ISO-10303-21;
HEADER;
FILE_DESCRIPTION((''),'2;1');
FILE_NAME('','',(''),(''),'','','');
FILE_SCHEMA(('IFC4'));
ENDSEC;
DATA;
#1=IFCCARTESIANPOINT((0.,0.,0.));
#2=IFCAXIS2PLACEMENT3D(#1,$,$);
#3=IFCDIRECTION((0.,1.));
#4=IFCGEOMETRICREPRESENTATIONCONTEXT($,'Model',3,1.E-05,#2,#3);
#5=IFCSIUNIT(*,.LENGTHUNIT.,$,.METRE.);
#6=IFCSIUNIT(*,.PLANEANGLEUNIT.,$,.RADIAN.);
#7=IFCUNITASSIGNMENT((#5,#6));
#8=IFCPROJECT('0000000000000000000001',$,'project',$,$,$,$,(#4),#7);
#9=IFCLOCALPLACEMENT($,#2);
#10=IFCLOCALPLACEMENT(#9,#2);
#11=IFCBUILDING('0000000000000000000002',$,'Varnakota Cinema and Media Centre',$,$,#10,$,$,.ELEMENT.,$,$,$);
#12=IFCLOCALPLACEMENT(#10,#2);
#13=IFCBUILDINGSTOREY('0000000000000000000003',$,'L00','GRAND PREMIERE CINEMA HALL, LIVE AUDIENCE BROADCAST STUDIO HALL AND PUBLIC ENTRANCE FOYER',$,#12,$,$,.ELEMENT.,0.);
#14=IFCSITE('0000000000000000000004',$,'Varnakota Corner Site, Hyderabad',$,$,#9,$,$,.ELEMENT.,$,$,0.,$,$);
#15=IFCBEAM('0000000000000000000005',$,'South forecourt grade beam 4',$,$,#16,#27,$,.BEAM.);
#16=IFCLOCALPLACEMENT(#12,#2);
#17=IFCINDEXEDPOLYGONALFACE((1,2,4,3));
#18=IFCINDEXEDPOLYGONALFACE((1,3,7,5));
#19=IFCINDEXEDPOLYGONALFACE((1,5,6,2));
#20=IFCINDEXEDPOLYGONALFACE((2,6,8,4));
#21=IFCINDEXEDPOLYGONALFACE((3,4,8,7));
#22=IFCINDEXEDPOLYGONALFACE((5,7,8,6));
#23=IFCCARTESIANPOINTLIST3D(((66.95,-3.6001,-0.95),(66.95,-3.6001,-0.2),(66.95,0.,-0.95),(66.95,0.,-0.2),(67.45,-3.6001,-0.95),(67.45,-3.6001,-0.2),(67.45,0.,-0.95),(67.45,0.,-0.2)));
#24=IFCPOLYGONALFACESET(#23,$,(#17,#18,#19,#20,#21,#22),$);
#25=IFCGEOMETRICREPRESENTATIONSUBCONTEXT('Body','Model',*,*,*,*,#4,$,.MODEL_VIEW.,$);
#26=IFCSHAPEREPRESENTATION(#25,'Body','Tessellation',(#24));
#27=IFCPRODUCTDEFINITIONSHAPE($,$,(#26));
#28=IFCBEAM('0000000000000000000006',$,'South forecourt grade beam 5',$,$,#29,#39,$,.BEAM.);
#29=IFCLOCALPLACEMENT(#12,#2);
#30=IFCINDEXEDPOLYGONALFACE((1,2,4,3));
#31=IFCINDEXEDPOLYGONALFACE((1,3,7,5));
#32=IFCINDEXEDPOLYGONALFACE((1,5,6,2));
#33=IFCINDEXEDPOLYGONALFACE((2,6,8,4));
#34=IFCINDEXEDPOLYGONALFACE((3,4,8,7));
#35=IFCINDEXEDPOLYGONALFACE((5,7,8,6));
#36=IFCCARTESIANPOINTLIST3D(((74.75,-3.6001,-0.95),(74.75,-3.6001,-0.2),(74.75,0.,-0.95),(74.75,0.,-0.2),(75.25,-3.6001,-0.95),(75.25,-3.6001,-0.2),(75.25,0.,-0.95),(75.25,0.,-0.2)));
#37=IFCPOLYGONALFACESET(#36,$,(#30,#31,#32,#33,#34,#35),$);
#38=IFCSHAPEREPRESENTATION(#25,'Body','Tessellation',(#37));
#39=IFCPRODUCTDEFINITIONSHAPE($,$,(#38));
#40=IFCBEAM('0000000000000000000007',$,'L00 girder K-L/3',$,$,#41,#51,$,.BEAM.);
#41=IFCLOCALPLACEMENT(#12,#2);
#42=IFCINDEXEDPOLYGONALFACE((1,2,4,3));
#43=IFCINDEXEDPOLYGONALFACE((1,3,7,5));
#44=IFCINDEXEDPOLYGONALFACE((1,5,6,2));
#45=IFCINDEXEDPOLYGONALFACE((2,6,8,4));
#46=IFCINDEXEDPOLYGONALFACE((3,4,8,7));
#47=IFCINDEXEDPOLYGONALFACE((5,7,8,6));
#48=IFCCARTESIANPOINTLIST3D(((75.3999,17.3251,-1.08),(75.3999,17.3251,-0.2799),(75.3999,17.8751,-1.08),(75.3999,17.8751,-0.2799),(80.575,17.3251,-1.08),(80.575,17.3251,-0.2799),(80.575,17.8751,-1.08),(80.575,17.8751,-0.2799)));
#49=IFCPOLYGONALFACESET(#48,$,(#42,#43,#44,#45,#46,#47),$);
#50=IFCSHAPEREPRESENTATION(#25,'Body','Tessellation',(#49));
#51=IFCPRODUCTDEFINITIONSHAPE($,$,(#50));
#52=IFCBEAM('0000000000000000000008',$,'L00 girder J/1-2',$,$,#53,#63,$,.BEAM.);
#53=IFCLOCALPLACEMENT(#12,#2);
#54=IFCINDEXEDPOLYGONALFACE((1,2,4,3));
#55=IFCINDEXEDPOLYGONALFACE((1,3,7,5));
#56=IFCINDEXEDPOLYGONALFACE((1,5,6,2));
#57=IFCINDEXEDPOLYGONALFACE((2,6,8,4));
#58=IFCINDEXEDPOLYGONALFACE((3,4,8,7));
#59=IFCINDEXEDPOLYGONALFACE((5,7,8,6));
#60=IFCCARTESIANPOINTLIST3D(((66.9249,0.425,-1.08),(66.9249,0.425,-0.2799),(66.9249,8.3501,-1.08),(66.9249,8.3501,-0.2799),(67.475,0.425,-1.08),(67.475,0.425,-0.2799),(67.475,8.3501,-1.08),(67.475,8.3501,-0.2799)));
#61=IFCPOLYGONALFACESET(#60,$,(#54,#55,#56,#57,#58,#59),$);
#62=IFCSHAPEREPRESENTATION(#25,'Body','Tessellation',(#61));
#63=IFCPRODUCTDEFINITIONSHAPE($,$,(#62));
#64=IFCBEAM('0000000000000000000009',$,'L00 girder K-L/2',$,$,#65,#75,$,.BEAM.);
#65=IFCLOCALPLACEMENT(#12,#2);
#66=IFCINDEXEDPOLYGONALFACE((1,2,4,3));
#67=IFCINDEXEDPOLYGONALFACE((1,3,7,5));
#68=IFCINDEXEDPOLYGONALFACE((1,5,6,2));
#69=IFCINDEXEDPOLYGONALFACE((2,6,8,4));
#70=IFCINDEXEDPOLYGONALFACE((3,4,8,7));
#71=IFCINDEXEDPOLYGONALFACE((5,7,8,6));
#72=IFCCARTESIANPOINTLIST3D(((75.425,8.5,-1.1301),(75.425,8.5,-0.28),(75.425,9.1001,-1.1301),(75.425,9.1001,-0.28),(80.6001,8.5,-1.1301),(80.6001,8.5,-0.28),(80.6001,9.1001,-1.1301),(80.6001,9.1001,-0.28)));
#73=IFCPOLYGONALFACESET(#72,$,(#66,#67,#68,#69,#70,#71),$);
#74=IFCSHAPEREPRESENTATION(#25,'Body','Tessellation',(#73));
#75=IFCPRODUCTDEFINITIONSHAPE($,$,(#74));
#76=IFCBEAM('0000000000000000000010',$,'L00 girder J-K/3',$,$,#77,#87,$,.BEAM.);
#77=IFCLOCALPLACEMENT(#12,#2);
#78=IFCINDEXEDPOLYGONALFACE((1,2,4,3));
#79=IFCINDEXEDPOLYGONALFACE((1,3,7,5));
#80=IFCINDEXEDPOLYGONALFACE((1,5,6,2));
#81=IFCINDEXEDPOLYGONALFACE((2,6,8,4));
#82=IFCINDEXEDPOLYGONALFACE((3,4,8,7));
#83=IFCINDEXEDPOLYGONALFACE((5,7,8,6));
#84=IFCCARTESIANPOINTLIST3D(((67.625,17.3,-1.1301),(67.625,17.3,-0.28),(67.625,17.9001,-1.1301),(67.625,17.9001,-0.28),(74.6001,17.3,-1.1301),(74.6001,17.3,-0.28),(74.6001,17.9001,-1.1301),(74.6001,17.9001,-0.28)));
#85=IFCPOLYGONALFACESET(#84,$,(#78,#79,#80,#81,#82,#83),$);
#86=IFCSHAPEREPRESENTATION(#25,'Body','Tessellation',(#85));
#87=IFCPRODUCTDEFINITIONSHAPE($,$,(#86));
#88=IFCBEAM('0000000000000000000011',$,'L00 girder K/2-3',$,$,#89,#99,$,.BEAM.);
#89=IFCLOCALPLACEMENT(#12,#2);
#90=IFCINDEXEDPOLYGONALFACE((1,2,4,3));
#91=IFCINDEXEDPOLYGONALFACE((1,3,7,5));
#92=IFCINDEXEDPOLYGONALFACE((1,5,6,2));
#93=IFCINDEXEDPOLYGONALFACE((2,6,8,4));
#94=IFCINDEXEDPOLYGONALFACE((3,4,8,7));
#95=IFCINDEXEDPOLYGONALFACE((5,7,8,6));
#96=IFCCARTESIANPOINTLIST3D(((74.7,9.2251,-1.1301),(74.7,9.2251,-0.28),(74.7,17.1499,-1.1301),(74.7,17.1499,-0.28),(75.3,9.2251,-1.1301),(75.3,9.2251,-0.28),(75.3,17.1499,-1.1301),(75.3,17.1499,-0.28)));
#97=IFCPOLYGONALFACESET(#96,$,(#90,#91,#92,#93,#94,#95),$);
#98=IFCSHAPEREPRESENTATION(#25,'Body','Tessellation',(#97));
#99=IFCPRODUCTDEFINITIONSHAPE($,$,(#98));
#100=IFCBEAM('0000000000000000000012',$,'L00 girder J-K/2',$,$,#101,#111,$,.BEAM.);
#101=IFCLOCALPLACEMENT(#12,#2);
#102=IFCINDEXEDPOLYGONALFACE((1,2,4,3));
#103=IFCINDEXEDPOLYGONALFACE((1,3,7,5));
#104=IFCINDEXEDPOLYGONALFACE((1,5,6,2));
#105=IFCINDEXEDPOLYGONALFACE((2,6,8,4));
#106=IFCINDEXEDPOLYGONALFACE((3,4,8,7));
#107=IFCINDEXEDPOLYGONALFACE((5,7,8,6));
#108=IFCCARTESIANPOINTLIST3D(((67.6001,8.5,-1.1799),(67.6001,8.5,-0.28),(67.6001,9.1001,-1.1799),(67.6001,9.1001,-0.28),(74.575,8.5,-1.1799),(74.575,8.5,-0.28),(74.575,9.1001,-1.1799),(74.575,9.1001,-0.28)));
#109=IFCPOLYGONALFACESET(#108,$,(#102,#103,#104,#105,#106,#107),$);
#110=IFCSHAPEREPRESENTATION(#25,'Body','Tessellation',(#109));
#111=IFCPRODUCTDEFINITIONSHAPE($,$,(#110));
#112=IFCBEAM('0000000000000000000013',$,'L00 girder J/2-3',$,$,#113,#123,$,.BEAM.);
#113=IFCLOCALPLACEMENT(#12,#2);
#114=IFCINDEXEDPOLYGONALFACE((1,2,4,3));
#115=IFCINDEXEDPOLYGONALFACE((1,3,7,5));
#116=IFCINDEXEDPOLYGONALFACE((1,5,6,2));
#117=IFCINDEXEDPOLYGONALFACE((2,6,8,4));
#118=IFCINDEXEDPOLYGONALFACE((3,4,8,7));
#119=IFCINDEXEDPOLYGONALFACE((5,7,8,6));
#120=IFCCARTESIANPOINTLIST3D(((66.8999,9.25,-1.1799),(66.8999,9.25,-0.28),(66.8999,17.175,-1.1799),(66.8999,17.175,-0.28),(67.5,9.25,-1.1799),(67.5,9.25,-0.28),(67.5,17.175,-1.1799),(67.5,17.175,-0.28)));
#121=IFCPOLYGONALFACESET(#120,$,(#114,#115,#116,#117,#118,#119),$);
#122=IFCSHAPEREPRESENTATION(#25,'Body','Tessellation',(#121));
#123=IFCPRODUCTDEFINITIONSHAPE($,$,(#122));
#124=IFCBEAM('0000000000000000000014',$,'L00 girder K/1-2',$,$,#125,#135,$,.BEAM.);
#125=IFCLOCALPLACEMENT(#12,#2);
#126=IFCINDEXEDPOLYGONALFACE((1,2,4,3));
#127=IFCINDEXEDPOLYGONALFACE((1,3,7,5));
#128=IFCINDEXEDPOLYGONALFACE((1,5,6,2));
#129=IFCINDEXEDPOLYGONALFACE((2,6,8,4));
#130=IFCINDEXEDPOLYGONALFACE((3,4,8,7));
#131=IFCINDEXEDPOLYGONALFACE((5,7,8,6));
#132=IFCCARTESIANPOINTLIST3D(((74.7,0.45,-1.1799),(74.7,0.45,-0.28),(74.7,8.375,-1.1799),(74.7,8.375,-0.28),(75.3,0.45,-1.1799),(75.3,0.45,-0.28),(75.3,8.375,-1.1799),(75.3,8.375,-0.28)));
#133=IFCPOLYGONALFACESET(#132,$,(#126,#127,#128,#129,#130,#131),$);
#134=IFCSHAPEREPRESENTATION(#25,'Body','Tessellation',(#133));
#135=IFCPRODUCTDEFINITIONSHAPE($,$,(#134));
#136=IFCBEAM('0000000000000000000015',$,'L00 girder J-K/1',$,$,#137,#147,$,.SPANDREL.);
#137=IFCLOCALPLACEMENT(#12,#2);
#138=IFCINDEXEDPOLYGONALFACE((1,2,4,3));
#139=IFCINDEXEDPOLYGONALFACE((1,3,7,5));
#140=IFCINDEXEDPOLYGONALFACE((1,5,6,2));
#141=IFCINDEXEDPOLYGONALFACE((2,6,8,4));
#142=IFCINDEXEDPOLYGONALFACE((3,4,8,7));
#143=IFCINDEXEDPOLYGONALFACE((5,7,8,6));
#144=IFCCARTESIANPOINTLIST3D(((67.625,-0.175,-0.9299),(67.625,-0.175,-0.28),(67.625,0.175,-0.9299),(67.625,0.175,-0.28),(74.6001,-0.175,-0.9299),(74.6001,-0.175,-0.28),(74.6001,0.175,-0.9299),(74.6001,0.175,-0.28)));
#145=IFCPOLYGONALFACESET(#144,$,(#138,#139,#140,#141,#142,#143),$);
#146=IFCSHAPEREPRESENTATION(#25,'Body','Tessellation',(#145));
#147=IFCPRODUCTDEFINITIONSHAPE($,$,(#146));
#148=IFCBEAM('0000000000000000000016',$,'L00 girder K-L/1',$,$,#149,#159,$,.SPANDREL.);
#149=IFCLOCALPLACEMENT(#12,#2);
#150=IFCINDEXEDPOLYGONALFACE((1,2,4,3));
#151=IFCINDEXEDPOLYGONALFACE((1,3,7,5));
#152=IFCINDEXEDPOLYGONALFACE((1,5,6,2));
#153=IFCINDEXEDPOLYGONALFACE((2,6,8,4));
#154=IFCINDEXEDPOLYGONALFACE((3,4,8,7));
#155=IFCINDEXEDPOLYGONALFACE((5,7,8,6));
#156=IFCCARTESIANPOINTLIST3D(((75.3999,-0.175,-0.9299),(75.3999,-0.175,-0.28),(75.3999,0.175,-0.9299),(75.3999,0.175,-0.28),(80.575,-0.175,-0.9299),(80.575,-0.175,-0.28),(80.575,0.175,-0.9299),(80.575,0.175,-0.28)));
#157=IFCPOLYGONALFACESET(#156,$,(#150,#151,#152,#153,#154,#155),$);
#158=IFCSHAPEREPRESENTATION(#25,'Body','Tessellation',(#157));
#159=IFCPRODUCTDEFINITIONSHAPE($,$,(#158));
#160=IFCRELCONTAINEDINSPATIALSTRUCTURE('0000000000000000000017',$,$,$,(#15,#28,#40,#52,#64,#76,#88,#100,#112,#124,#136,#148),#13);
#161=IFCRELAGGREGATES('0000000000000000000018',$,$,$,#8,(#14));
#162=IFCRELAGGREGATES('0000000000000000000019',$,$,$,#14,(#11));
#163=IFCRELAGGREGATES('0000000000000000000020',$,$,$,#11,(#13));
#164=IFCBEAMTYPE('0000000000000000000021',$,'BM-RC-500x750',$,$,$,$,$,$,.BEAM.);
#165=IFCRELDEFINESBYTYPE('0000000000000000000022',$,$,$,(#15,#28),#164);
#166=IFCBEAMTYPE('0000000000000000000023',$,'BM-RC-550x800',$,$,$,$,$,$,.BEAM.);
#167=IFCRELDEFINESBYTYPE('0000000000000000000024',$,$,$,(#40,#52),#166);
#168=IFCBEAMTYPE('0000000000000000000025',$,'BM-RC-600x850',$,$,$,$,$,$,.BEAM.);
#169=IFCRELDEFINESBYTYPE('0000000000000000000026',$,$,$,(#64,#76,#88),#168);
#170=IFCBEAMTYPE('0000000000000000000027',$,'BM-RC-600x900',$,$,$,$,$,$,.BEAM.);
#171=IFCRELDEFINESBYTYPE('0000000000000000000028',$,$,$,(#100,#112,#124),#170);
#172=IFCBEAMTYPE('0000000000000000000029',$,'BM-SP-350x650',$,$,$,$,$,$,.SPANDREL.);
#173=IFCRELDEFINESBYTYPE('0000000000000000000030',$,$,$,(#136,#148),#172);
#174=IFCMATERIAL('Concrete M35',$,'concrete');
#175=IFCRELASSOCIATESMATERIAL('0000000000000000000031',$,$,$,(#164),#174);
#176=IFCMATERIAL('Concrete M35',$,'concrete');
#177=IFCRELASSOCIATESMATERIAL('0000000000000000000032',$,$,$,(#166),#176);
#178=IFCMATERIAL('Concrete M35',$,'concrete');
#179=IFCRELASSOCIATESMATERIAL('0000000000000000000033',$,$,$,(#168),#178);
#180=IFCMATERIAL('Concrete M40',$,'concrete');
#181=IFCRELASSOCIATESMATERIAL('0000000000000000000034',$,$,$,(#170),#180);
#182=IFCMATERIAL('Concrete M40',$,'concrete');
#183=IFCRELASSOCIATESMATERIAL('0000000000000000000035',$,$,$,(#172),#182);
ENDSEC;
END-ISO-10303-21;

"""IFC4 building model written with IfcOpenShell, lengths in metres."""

from ifc_helpers import new_model, si_unit, direction, frame, origin, origin_2d, place, context, subcontext, project, spatial, rectangle, extrude, material, material_profile, profile_set, type_object, element, save


model = new_model("IFC4")

# Units and contexts
model_context = context("Model", 3, precision=1e-05, world=origin(), true_north=direction((0.0, 1.0)))
body_context = subcontext(model_context, "Body", "Model", "MODEL_VIEW")
ifc_project = project(units=[si_unit("LENGTHUNIT", "METRE"), si_unit("PLANEANGLEUNIT", "RADIAN")], contexts=[model_context])

# Site, building, storey
site_placement = place(None, origin())
site = spatial("IfcSite", under=ifc_project, at=site_placement, Name="Varnakota Corner Site, Hyderabad", CompositionType="ELEMENT", RefElevation=0.0)
building_placement = place(site_placement, origin())
building = spatial("IfcBuilding", under=site, at=building_placement, Name="Varnakota Cinema and Media Centre", CompositionType="ELEMENT")
storey_placement = place(building_placement, origin())
storey = spatial("IfcBuildingStorey", under=building, at=storey_placement, Name="L00", Description="GRAND PREMIERE CINEMA HALL, LIVE AUDIENCE BROADCAST STUDIO HALL AND PUBLIC ENTRANCE FOYER", CompositionType="ELEMENT", Elevation=0.0)

# Beams
ifc_material_1 = material(Name="Concrete M35", Category="concrete")
ifc_material_profile_1 = material_profile(ifc_material_1, rectangle(XDim=0.5, YDim=0.75, at=origin_2d()), Name="RCB 500x750")
ifc_profile_set_1 = profile_set([ifc_material_profile_1], Name="Concrete M35")
beam_type_1 = type_object("IfcBeamType", Name="BM-RC-500x750", PredefinedType="BEAM", material=ifc_profile_set_1)
for number, where, z_axis, x_axis, name in (
    (1, (67.2, 0.0, -0.575), (0.0, -1.0, 0.0), (1.0, 0.0, 0.0), "South forecourt grade beam 4"),
    (2, (75.0, 0.0, -0.575), (0.0, -1.0, 0.0), (1.0, 0.0, 0.0), "South forecourt grade beam 5"),
):
    element("IfcBeam", number, at=place(storey_placement, frame(where, z_axis=z_axis, x_axis=x_axis)), inside=storey, type_object=beam_type_1, Name=name, PredefinedType="BEAM", context=body_context, shape_type="SweptSolid", body=[
        extrude(rectangle(XDim=0.5, YDim=0.75, at=origin_2d()), origin(), (0.0, 0.0, 1.0), 3.6001),
    ])
ifc_material_2 = material(Name="Concrete M35", Category="concrete")
ifc_material_profile_2 = material_profile(ifc_material_2, rectangle(XDim=0.55, YDim=0.8, at=origin_2d()), Name="RCB 550x800")
ifc_profile_set_2 = profile_set([ifc_material_profile_2], Name="Concrete M35")
beam_type_2 = type_object("IfcBeamType", Name="BM-RC-550x800", PredefinedType="BEAM", material=ifc_profile_set_2)
beam_1_placement = place(storey_placement, frame((75.3999, 17.6001, -0.6799), z_axis=(1.0, 0.0, 0.0), x_axis=(0.0, 1.0, 0.0)))
element("IfcBeam", 3, at=beam_1_placement, inside=storey, type_object=beam_type_2, Name="L00 girder K-L/3", PredefinedType="BEAM", context=body_context, shape_type="SweptSolid", body=[
    extrude(rectangle(XDim=0.55, YDim=0.8, at=origin_2d()), origin(), (0.0, 0.0, 1.0), 5.175),
])
beam_2_placement = place(storey_placement, frame((67.2, 0.425, -0.6799), z_axis=(0.0, 1.0, 0.0), x_axis=(-1.0, 0.0, 0.0)))
element("IfcBeam", 4, at=beam_2_placement, inside=storey, type_object=beam_type_2, Name="L00 girder J/1-2", PredefinedType="BEAM", context=body_context, shape_type="SweptSolid", body=[
    extrude(rectangle(XDim=0.55, YDim=0.8, at=origin_2d()), origin(), (0.0, 0.0, 1.0), 7.925),
])
ifc_material_3 = material(Name="Concrete M35", Category="concrete")
ifc_material_profile_3 = material_profile(ifc_material_3, rectangle(XDim=0.6001, YDim=0.8501, at=origin_2d()), Name="RCB 600x850")
ifc_profile_set_3 = profile_set([ifc_material_profile_3], Name="Concrete M35")
beam_type_3 = type_object("IfcBeamType", Name="BM-RC-600x850", PredefinedType="BEAM", material=ifc_profile_set_3)
beam_3_placement = place(storey_placement, frame((75.425, 8.8, -0.7051), z_axis=(1.0, 0.0, 0.0), x_axis=(0.0, 1.0, 0.0)))
element("IfcBeam", 5, at=beam_3_placement, inside=storey, type_object=beam_type_3, Name="L00 girder K-L/2", PredefinedType="BEAM", context=body_context, shape_type="SweptSolid", body=[
    extrude(rectangle(XDim=0.6001, YDim=0.8501, at=origin_2d()), origin(), (0.0, 0.0, 1.0), 5.175),
])
beam_4_placement = place(storey_placement, frame((67.625, 17.6001, -0.7051), z_axis=(1.0, 0.0, 0.0), x_axis=(0.0, 1.0, 0.0)))
element("IfcBeam", 6, at=beam_4_placement, inside=storey, type_object=beam_type_3, Name="L00 girder J-K/3", PredefinedType="BEAM", context=body_context, shape_type="SweptSolid", body=[
    extrude(rectangle(XDim=0.6001, YDim=0.8501, at=origin_2d()), origin(), (0.0, 0.0, 1.0), 6.9751),
])
beam_5_placement = place(storey_placement, frame((75.0, 9.2251, -0.7051), z_axis=(0.0, 1.0, 0.0), x_axis=(-1.0, 0.0, 0.0)))
element("IfcBeam", 7, at=beam_5_placement, inside=storey, type_object=beam_type_3, Name="L00 girder K/2-3", PredefinedType="BEAM", context=body_context, shape_type="SweptSolid", body=[
    extrude(rectangle(XDim=0.6001, YDim=0.8501, at=origin_2d()), origin(), (0.0, 0.0, 1.0), 7.9248),
])
ifc_material_4 = material(Name="Concrete M40", Category="concrete")
ifc_material_profile_4 = material_profile(ifc_material_4, rectangle(XDim=0.6001, YDim=0.8999, at=origin_2d()), Name="RCB 600x900")
ifc_profile_set_4 = profile_set([ifc_material_profile_4], Name="Concrete M40")
beam_type_4 = type_object("IfcBeamType", Name="BM-RC-600x900", PredefinedType="BEAM", material=ifc_profile_set_4)
beam_6_placement = place(storey_placement, frame((67.6001, 8.8, -0.73), z_axis=(1.0, 0.0, 0.0), x_axis=(0.0, 1.0, 0.0)))
element("IfcBeam", 8, at=beam_6_placement, inside=storey, type_object=beam_type_4, Name="L00 girder J-K/2", PredefinedType="BEAM", context=body_context, shape_type="SweptSolid", body=[
    extrude(rectangle(XDim=0.6001, YDim=0.8999, at=origin_2d()), origin(), (0.0, 0.0, 1.0), 6.9749),
])
for number, where, z_axis, x_axis, name in (
    (9, (67.2, 9.25, -0.73), (0.0, 1.0, 0.0), (-1.0, 0.0, 0.0), "L00 girder J/2-3"),
    (10, (75.0, 0.45, -0.73), (0.0, 1.0, 0.0), (-1.0, 0.0, 0.0), "L00 girder K/1-2"),
):
    element("IfcBeam", number, at=place(storey_placement, frame(where, z_axis=z_axis, x_axis=x_axis)), inside=storey, type_object=beam_type_4, Name=name, PredefinedType="BEAM", context=body_context, shape_type="SweptSolid", body=[
        extrude(rectangle(XDim=0.6001, YDim=0.8999, at=origin_2d()), origin(), (0.0, 0.0, 1.0), 7.925),
    ])
ifc_material_5 = material(Name="Concrete M40", Category="concrete")
ifc_material_profile_5 = material_profile(ifc_material_5, rectangle(XDim=0.3501, YDim=0.6499, at=origin_2d()), Name="RCB 350x650")
ifc_profile_set_5 = profile_set([ifc_material_profile_5], Name="Concrete M40")
beam_type_5 = type_object("IfcBeamType", Name="BM-SP-350x650", PredefinedType="SPANDREL", material=ifc_profile_set_5)
beam_7_placement = place(storey_placement, frame((67.625, 0.0, -0.605), z_axis=(1.0, 0.0, 0.0), x_axis=(0.0, 1.0, 0.0)))
element("IfcBeam", 11, at=beam_7_placement, inside=storey, type_object=beam_type_5, Name="L00 girder J-K/1", PredefinedType="SPANDREL", context=body_context, shape_type="SweptSolid", body=[
    extrude(rectangle(XDim=0.3501, YDim=0.6499, at=origin_2d()), origin(), (0.0, 0.0, 1.0), 6.9751),
])
beam_8_placement = place(storey_placement, frame((75.3999, 0.0, -0.605), z_axis=(1.0, 0.0, 0.0), x_axis=(0.0, 1.0, 0.0)))
element("IfcBeam", 12, at=beam_8_placement, inside=storey, type_object=beam_type_5, Name="L00 girder K-L/1", PredefinedType="SPANDREL", context=body_context, shape_type="SweptSolid", body=[
    extrude(rectangle(XDim=0.3501, YDim=0.6499, at=origin_2d()), origin(), (0.0, 0.0, 1.0), 5.175),
])

save(model, "model.ifc")
